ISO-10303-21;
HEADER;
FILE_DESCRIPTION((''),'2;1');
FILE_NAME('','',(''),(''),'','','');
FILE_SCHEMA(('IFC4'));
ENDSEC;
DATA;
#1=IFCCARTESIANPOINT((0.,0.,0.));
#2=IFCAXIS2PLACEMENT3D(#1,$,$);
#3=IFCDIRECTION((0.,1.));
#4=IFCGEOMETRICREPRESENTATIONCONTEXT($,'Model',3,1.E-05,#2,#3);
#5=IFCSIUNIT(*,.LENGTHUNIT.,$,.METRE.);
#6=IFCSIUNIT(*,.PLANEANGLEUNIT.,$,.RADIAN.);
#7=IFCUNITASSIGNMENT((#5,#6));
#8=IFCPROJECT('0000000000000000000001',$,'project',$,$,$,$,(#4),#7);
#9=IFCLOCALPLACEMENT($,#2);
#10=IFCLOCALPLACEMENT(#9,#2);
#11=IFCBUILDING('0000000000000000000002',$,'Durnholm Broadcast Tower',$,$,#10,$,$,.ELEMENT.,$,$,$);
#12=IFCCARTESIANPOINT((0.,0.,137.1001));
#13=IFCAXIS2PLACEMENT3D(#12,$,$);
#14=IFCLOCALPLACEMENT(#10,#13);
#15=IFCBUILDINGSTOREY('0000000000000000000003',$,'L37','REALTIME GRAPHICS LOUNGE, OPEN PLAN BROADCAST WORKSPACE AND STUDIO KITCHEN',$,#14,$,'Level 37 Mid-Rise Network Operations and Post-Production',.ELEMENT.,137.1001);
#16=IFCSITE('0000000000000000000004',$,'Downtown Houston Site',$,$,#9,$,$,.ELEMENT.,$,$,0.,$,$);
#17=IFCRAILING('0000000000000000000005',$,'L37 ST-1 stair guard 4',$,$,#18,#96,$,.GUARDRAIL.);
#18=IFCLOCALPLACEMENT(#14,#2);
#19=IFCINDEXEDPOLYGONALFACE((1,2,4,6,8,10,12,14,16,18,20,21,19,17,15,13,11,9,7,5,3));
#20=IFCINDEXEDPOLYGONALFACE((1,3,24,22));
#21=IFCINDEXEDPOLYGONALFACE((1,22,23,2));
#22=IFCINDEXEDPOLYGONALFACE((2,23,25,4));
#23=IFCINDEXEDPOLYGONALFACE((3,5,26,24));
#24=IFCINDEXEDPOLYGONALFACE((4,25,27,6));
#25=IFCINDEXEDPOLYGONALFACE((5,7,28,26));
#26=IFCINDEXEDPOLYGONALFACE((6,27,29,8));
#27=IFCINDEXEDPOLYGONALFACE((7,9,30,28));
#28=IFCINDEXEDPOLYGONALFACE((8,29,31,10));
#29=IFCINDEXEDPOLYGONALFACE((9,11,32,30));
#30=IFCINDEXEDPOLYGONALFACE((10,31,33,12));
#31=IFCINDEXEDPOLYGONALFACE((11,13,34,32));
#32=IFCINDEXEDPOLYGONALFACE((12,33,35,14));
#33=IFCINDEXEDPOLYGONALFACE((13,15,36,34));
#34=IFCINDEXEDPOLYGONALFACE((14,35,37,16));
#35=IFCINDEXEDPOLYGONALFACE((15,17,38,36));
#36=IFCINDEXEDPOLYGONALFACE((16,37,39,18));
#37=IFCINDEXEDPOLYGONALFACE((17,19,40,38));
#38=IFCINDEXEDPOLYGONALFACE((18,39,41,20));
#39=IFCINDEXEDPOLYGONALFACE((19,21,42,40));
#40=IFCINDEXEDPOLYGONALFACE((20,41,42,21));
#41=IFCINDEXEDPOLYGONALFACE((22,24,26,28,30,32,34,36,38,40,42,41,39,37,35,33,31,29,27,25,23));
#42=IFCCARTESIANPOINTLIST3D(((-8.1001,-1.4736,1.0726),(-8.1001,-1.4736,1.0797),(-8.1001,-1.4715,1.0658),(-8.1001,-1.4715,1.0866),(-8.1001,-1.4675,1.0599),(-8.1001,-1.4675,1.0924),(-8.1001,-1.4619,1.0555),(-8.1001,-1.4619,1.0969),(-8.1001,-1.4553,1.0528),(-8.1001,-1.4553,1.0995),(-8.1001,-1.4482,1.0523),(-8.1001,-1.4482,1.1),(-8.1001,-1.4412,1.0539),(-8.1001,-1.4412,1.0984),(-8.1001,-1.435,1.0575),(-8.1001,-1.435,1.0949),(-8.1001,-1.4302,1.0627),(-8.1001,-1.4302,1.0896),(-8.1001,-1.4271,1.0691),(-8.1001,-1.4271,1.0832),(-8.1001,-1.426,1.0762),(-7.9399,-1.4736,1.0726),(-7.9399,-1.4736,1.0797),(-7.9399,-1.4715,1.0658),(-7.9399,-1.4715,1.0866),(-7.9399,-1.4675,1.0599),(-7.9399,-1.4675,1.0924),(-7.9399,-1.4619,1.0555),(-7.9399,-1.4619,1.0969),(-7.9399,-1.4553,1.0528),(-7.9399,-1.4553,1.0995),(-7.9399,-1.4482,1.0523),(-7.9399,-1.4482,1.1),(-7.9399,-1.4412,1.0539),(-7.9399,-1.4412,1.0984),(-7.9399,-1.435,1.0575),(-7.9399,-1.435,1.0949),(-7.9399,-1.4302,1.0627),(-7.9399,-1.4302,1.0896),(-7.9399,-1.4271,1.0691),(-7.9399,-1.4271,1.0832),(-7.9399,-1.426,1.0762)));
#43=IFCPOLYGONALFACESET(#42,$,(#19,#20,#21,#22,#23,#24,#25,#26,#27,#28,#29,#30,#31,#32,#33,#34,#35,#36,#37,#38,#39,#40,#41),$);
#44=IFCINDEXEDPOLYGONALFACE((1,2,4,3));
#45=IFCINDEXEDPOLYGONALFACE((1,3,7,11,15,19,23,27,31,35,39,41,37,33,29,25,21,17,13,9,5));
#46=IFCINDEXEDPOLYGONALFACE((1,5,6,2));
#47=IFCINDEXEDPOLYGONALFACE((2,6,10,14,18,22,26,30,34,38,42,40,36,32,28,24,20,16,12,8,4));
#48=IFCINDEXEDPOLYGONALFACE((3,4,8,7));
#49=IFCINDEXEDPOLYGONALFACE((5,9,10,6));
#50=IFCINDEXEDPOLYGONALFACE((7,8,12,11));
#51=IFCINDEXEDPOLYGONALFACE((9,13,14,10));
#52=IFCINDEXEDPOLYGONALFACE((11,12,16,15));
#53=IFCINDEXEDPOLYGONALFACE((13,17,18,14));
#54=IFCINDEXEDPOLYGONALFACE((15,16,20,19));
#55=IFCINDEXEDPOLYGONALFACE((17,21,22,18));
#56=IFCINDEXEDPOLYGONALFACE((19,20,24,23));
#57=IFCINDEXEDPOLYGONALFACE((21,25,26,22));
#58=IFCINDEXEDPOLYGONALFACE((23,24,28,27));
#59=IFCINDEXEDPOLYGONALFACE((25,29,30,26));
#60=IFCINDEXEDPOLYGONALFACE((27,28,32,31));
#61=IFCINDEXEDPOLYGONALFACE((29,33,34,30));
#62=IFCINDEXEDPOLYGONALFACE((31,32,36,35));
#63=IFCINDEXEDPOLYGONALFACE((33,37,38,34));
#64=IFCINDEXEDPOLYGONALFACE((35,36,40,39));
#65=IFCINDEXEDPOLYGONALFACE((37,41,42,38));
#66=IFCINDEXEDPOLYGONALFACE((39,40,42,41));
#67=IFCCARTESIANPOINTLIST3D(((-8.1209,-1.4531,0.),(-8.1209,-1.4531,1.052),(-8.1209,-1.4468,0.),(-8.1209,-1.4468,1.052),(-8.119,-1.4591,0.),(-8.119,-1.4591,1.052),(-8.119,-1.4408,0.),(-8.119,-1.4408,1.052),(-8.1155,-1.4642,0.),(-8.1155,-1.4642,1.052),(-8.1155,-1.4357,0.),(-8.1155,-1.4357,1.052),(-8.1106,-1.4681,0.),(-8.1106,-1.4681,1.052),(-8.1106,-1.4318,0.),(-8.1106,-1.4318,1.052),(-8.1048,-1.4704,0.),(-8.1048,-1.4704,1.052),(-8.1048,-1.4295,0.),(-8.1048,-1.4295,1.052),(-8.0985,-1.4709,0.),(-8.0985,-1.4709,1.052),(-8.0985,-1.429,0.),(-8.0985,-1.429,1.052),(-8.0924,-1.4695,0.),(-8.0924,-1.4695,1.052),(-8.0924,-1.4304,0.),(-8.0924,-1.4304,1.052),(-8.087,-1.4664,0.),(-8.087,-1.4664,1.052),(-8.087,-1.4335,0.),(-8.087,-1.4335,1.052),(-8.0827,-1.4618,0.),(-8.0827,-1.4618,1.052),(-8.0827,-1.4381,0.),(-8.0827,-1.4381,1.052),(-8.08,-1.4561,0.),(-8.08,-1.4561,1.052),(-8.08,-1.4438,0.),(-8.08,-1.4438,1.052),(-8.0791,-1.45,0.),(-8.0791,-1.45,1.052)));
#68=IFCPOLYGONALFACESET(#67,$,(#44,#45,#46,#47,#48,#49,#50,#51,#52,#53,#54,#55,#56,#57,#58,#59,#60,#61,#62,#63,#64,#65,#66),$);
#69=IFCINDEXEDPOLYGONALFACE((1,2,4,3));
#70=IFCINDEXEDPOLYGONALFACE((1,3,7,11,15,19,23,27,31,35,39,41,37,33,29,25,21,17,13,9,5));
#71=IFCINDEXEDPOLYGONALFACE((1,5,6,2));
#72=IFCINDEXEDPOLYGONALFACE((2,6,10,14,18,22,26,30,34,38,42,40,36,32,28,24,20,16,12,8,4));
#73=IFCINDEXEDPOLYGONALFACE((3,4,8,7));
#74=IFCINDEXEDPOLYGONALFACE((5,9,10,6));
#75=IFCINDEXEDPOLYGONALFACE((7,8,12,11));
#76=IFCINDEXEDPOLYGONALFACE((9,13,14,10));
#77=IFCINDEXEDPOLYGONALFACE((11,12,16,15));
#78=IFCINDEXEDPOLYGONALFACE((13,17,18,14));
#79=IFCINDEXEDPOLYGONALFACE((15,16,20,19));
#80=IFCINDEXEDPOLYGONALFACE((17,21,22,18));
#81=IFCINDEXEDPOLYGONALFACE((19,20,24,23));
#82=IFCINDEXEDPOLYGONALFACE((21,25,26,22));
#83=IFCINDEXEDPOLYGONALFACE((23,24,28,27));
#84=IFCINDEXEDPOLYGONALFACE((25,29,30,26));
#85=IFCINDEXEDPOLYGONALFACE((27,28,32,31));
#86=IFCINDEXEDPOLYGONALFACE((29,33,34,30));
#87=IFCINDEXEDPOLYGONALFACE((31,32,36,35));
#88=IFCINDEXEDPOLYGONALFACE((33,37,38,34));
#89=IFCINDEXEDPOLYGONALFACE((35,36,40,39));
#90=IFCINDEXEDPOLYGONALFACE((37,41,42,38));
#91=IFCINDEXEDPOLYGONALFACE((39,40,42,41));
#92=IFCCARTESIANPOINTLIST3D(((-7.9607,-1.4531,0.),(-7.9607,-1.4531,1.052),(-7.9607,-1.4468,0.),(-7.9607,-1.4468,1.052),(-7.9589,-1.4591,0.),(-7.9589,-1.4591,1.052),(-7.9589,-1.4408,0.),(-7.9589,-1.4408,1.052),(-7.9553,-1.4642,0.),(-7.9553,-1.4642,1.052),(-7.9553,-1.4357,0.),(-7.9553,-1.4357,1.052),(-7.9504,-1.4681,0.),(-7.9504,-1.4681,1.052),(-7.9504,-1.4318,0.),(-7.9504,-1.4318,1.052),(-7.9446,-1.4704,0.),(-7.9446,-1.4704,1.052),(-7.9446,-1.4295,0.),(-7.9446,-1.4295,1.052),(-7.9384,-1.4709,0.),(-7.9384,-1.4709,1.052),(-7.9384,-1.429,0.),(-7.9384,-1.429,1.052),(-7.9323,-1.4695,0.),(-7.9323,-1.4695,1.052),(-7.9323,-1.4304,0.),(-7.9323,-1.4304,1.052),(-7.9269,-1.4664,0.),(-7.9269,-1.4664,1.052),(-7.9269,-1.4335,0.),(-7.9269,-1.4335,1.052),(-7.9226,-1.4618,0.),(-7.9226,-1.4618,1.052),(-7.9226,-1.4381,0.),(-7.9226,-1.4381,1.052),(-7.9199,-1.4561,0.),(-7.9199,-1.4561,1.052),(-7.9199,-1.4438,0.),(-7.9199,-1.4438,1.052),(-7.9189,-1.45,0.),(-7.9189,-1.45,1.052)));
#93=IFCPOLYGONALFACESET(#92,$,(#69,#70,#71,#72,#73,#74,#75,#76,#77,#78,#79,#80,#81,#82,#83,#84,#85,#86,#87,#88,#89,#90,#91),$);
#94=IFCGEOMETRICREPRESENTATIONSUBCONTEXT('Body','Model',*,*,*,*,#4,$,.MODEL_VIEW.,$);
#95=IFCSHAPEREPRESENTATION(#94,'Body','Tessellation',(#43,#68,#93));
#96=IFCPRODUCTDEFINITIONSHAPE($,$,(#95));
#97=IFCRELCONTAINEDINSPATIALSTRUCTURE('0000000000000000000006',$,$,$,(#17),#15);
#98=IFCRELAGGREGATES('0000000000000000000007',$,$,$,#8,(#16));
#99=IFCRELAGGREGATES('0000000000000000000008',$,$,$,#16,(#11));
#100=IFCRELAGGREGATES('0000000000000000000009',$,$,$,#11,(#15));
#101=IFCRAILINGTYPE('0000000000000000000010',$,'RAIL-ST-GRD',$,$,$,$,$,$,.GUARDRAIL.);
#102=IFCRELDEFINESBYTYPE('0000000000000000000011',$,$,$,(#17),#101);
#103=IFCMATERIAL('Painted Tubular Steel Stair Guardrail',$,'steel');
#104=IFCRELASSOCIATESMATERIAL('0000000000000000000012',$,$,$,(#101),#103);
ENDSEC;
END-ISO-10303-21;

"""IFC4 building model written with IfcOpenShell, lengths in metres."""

from ifc_helpers import new_model, si_unit, direction, frame, origin, origin_2d, place, context, subcontext, project, spatial, circle, extrude, material, type_object, element, save


model = new_model("IFC4")

# Units and contexts
model_context = context("Model", 3, precision=1e-05, world=origin(), true_north=direction((0.0, 1.0)))
body_context = subcontext(model_context, "Body", "Model", "MODEL_VIEW")
ifc_project = project(units=[si_unit("LENGTHUNIT", "METRE"), si_unit("PLANEANGLEUNIT", "RADIAN")], contexts=[model_context])

# Site, building, storey
site_placement = place(None, origin())
site = spatial("IfcSite", under=ifc_project, at=site_placement, Name="Downtown Houston Site", CompositionType="ELEMENT", RefElevation=0.0)
building_placement = place(site_placement, origin())
building = spatial("IfcBuilding", under=site, at=building_placement, Name="Durnholm Broadcast Tower", CompositionType="ELEMENT")
storey_placement = place(building_placement, frame((0.0, 0.0, 137.1001)))
storey = spatial("IfcBuildingStorey", under=building, at=storey_placement, Name="L37", Description="REALTIME GRAPHICS LOUNGE, OPEN PLAN BROADCAST WORKSPACE AND STUDIO KITCHEN", LongName="Level 37 Mid-Rise Network Operations and Post-Production", CompositionType="ELEMENT", Elevation=137.1001)

# Railing
ifc_material_1 = material(Name="Painted Tubular Steel Stair Guardrail", Category="steel")
railing_type_1 = type_object("IfcRailingType", Name="RAIL-ST-GRD", PredefinedType="GUARDRAIL", material=ifc_material_1)
railing_1_placement = place(storey_placement, frame((-8.1001, -1.45, 0.0)))
element("IfcRailing", 1, at=railing_1_placement, inside=storey, type_object=railing_type_1, Name="L37 ST-1 stair guard 4", PredefinedType="GUARDRAIL", context=body_context, shape_type="SweptSolid", body=[
    extrude(circle(Radius=0.0239, at=origin_2d()), frame((0.0, 0.0, 1.0762), z_axis=(1.0, 0.0, 0.0), x_axis=(0.0, 1.0, 0.0)), (0.0, 0.0, 1.0), 0.1602),
    extrude(circle(Radius=0.021, at=origin_2d()), origin(), (0.0, 0.0, 1.0), 1.052),
    extrude(circle(Radius=0.021, at=origin_2d()), frame((0.1602, 0.0, 0.0)), (0.0, 0.0, 1.0), 1.052),
])

save(model, "model.ifc")
